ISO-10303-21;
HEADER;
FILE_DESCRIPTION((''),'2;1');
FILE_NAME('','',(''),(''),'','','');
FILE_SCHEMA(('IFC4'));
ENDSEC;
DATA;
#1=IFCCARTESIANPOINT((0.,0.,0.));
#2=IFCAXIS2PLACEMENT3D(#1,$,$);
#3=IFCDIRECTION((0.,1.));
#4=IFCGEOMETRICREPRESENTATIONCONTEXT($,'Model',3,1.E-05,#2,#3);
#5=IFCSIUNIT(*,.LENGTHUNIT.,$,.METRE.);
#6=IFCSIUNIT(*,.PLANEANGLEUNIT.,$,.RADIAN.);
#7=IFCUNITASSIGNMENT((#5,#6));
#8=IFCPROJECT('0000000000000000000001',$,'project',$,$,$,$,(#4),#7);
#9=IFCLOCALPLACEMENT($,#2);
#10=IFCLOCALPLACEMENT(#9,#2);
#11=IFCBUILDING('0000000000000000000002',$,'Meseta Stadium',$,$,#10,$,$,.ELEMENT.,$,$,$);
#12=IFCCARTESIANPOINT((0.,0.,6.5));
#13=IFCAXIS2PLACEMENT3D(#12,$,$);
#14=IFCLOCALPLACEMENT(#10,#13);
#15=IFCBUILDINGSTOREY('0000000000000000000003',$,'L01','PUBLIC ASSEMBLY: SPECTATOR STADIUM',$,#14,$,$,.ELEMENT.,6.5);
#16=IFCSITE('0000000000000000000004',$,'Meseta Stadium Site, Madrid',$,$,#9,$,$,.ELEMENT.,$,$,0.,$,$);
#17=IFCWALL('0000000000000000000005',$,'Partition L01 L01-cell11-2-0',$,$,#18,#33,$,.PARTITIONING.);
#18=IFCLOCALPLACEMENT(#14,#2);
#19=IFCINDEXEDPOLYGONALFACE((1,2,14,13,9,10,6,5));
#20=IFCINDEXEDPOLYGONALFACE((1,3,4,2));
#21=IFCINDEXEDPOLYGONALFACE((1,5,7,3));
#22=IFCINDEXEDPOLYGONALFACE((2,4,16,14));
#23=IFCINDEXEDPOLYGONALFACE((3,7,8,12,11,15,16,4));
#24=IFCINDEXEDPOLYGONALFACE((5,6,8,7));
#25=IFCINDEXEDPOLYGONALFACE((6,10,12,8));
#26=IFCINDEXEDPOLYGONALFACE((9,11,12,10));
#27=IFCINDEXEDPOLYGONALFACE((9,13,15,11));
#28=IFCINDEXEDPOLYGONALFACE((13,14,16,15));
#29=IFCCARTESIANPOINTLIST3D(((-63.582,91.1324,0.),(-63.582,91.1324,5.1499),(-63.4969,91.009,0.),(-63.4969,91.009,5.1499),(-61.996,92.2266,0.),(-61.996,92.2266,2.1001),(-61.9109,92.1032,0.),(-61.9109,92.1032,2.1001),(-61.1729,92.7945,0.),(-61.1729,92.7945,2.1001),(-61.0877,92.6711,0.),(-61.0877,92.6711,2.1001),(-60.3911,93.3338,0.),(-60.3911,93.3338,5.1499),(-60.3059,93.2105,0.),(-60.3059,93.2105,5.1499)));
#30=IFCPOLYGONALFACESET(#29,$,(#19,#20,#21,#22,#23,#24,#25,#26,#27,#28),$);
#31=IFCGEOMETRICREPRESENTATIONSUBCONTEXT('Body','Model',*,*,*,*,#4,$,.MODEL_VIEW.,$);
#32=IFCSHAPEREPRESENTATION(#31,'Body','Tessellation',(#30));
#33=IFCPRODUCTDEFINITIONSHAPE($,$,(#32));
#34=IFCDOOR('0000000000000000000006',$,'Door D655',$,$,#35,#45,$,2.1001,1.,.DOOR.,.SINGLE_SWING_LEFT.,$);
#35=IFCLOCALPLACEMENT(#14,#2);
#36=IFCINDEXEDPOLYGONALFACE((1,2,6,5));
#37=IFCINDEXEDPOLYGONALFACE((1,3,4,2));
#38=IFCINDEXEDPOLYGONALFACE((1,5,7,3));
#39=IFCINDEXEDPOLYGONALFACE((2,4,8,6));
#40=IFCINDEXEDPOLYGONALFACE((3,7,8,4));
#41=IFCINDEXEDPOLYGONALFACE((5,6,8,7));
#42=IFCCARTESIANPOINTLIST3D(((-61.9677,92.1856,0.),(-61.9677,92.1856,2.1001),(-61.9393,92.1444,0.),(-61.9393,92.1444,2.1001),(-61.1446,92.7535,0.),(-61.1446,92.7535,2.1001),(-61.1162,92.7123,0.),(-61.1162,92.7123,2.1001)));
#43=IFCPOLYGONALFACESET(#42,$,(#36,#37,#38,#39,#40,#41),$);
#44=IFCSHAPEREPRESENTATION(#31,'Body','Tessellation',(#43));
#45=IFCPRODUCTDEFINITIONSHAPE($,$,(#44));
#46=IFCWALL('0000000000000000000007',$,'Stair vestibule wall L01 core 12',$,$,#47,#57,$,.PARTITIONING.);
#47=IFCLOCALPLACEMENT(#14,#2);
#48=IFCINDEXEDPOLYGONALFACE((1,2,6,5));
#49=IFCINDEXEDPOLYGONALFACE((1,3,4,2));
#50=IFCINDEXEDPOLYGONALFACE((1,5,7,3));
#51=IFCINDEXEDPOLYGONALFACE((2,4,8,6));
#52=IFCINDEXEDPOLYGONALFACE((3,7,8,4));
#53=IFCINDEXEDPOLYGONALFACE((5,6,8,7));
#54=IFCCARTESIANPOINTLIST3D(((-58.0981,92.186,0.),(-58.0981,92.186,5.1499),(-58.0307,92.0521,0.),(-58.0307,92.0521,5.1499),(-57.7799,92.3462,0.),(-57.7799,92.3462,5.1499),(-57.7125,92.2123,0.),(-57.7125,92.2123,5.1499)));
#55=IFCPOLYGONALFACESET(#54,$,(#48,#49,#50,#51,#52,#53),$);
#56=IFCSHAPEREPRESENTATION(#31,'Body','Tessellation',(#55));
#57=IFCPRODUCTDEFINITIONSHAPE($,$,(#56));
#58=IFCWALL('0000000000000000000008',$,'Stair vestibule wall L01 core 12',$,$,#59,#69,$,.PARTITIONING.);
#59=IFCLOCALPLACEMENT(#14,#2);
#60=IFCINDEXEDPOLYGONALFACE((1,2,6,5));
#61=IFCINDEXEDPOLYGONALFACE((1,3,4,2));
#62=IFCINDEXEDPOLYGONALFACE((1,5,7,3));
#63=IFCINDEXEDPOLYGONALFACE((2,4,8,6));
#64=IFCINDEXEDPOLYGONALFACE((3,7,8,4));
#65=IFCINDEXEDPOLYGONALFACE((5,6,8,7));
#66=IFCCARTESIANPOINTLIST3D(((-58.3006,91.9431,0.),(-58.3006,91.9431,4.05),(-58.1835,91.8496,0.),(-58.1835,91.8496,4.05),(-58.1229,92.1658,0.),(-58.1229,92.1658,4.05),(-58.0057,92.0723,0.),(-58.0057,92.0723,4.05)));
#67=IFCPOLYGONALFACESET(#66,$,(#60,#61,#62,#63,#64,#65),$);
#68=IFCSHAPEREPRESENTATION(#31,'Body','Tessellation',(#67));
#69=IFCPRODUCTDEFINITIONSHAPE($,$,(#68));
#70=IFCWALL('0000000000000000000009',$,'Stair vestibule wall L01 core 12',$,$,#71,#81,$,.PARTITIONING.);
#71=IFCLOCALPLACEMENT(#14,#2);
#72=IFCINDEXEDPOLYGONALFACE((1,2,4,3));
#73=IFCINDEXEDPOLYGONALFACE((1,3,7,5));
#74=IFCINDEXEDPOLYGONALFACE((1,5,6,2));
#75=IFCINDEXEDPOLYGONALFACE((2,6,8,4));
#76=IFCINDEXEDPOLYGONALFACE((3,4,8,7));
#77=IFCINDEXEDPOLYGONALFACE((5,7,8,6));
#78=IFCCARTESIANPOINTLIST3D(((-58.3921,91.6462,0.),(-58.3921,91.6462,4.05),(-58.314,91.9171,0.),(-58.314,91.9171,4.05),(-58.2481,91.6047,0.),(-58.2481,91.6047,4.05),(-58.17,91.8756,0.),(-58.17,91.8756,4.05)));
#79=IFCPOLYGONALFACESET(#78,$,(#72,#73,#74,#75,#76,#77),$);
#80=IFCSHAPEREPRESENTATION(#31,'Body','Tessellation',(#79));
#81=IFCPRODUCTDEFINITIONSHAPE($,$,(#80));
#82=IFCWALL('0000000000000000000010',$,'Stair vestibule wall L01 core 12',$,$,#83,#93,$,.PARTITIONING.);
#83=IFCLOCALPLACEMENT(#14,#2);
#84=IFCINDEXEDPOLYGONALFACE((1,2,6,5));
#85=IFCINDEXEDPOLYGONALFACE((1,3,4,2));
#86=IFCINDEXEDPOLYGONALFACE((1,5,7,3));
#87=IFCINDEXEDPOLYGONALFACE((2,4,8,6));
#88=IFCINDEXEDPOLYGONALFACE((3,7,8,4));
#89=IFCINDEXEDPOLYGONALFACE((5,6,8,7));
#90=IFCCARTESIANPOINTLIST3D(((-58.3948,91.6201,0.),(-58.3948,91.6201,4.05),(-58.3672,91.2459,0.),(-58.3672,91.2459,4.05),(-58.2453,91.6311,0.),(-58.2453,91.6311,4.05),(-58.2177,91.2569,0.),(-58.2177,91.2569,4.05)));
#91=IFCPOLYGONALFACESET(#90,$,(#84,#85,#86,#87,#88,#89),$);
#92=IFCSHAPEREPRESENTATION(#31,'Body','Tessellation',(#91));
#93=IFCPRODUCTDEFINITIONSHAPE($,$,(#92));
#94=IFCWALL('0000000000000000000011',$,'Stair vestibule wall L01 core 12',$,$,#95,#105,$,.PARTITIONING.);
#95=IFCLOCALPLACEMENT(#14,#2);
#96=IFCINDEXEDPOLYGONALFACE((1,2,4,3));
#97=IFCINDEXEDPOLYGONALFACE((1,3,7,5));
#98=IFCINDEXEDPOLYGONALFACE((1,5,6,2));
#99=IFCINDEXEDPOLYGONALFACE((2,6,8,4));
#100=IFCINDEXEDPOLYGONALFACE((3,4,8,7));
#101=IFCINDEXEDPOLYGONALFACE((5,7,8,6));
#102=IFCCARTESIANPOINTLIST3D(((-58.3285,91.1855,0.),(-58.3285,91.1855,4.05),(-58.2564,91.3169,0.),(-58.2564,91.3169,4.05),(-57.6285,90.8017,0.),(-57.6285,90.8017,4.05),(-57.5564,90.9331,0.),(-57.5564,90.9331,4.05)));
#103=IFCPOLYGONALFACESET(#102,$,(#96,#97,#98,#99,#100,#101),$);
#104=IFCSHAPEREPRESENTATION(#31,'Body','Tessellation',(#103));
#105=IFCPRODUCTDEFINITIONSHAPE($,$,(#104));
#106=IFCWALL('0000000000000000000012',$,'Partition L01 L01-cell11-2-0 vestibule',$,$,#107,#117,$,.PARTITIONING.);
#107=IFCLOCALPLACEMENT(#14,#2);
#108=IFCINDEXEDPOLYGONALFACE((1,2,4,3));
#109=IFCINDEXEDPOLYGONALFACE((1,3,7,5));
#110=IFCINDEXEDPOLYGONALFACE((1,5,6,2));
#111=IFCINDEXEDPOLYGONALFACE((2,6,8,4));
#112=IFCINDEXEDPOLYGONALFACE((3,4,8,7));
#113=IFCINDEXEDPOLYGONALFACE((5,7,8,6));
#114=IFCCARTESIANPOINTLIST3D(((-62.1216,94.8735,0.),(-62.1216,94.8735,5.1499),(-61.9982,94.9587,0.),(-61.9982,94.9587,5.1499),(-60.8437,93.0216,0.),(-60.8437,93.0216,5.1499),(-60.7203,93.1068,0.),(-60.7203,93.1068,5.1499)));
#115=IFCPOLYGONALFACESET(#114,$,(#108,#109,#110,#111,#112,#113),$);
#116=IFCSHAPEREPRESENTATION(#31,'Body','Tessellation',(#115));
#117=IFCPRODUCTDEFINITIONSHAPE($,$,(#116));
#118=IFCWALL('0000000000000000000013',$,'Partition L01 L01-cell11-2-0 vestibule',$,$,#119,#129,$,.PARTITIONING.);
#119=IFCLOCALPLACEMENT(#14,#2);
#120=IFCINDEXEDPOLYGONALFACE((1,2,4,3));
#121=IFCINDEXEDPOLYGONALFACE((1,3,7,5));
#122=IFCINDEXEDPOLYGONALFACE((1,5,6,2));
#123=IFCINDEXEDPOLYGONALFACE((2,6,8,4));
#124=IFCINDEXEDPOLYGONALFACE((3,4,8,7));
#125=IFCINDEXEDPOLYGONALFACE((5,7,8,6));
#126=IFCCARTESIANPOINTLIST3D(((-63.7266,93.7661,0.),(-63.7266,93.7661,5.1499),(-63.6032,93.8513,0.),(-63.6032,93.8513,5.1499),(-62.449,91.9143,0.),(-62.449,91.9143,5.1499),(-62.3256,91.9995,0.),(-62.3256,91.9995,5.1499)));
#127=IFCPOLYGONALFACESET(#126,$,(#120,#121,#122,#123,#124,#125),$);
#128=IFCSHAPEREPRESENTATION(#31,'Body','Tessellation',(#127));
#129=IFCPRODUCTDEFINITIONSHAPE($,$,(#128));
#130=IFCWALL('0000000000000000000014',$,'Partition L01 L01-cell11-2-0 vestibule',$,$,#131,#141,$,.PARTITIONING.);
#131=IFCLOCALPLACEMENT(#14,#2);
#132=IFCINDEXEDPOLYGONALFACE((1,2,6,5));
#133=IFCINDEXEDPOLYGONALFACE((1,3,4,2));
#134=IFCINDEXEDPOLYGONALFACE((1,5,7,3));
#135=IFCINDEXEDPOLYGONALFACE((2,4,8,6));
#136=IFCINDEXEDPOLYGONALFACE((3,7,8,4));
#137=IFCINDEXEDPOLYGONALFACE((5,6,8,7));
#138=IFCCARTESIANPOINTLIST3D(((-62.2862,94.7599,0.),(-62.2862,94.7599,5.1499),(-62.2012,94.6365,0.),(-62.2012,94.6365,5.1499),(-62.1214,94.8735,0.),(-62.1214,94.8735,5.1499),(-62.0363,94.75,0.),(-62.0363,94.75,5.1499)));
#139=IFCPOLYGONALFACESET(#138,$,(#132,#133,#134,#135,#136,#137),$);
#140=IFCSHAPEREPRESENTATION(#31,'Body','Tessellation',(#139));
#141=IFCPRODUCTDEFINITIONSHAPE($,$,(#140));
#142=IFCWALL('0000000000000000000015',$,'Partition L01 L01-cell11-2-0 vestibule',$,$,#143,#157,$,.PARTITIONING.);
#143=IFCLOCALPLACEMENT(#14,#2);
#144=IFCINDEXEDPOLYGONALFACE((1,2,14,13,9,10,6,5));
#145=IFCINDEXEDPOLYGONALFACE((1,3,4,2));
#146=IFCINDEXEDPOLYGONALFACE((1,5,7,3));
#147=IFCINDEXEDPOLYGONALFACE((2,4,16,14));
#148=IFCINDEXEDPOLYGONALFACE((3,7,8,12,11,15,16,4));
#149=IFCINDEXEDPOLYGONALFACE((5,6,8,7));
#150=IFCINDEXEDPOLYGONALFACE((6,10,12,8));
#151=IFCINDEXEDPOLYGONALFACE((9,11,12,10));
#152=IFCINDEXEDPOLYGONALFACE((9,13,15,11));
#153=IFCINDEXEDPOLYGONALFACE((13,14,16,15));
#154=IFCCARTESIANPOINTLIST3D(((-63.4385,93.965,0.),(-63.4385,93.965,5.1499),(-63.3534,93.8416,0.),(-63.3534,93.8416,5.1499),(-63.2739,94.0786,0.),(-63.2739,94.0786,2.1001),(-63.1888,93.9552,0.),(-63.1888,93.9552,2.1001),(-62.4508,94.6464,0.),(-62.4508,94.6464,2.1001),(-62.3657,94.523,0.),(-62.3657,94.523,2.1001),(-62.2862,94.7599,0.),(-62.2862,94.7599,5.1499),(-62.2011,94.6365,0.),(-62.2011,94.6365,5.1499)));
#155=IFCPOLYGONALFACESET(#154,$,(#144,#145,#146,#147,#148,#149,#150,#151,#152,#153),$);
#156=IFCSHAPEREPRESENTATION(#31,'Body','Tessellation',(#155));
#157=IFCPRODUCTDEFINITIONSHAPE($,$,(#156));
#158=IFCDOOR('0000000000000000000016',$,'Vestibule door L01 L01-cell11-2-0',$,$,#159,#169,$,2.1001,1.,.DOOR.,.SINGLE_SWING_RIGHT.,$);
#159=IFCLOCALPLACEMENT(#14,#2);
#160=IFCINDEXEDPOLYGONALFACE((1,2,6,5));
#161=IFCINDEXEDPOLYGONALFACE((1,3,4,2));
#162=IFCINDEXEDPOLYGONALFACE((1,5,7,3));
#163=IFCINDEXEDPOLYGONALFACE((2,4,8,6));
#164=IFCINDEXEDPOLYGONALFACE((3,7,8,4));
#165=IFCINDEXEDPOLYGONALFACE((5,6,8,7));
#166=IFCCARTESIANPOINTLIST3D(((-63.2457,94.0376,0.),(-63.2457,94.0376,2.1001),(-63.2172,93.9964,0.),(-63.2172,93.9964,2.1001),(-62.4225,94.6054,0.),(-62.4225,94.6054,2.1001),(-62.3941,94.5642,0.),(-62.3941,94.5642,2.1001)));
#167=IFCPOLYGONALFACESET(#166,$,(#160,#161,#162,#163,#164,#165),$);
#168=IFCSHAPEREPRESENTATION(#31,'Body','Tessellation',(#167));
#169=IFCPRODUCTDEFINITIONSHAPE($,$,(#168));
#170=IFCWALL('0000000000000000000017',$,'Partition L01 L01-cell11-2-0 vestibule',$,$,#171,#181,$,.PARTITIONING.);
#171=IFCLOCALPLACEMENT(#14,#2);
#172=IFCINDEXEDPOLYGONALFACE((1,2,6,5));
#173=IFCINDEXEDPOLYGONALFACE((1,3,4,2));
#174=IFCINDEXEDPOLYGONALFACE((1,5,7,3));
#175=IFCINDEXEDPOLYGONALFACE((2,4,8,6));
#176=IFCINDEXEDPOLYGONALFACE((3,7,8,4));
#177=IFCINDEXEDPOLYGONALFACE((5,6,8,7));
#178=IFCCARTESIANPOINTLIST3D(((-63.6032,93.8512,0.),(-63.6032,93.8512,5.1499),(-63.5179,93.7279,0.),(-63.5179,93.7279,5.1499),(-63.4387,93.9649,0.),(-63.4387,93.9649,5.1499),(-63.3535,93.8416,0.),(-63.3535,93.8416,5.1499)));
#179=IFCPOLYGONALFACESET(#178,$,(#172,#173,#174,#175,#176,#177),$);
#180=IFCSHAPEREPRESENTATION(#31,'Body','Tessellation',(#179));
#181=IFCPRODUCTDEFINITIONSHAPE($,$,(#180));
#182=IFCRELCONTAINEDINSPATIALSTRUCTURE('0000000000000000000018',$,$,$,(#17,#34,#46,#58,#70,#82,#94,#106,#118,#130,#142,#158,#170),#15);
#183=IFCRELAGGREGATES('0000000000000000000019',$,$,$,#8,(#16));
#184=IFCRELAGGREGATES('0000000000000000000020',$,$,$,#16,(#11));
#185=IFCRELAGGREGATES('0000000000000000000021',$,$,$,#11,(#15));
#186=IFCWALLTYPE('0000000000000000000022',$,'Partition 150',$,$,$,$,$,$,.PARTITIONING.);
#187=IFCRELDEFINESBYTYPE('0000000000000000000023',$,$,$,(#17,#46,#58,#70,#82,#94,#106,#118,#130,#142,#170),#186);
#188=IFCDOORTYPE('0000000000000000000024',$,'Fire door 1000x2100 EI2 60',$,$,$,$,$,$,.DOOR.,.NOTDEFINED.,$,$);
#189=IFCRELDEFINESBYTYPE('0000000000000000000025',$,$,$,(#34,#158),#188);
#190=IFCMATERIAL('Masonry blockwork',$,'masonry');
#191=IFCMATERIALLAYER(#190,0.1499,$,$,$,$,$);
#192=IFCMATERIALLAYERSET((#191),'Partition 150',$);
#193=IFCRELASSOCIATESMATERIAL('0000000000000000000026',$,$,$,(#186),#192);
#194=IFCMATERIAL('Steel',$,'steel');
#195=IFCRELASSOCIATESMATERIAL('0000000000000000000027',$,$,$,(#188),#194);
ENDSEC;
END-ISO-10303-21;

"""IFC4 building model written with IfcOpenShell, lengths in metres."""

from ifc_helpers import new_model, si_unit, direction, frame, frame_2d, origin, place, context, subcontext, project, spatial, rectangle, extrude, material, layer, layer_set, type_object, element, fill, save


model = new_model("IFC4")

# Units and contexts
model_context = context("Model", 3, precision=1e-05, world=origin(), true_north=direction((0.0, 1.0)))
body_context = subcontext(model_context, "Body", "Model", "MODEL_VIEW")
ifc_project = project(units=[si_unit("LENGTHUNIT", "METRE"), si_unit("PLANEANGLEUNIT", "RADIAN")], contexts=[model_context])

# Site, building, storey
site_placement = place(None, origin())
site = spatial("IfcSite", under=ifc_project, at=site_placement, Name="Meseta Stadium Site, Madrid", CompositionType="ELEMENT", RefElevation=0.0)
building_placement = place(site_placement, origin())
building = spatial("IfcBuilding", under=site, at=building_placement, Name="Meseta Stadium", CompositionType="ELEMENT")
storey_placement = place(building_placement, frame((0.0, 0.0, 6.5)))
storey = spatial("IfcBuildingStorey", under=building, at=storey_placement, Name="L01", Description="PUBLIC ASSEMBLY: SPECTATOR STADIUM", CompositionType="ELEMENT", Elevation=6.5)

# Shared definitions
ifc_material_1 = material(Name="Masonry blockwork", Category="masonry")
ifc_layer_1 = layer(ifc_material_1, 0.1499)
ifc_layer_set_1 = layer_set([ifc_layer_1], Name="Partition 150")
wall_type_1 = type_object("IfcWallType", Name="Partition 150", PredefinedType="PARTITIONING", material=ifc_layer_set_1)

# Wall, opening, door
wall_1_placement = place(storey_placement, frame((-60.3484, 93.2722, 0.0), z_axis=(0.0, 0.0, 1.0), x_axis=(-0.823118, -0.56787, 0.0)))
wall_1 = element("IfcWall", 1, at=wall_1_placement, inside=storey, type_object=wall_type_1, Name="Partition L01 L01-cell11-2-0", PredefinedType="PARTITIONING", context=body_context, shape_type="SweptSolid", body=[
    extrude(rectangle(XDim=3.8767, YDim=0.1499, at=frame_2d((1.9385, 0.0))), origin(), (0.0, 0.0, 1.0), 5.1499),
])
opening_1_placement = place(wall_1_placement, frame((0.95, 0.0, 0.0)))
opening_1 = element("IfcOpeningElement", 2, at=opening_1_placement, cuts=wall_1, PredefinedType="OPENING", context=body_context, shape_type="SweptSolid", body=[
    extrude(rectangle(XDim=1.0, YDim=2.1001, at=frame_2d((0.5, 1.05))), frame((0.0, 0.085, 0.0), z_axis=(0.0, -1.0, 0.0), x_axis=(1.0, 0.0, 0.0)), (0.0, 0.0, 1.0), 0.1699),
])
ifc_material_2 = material(Name="Steel", Category="steel")
door_type = type_object("IfcDoorType", Name="Fire door 1000x2100 EI2 60", OperationType="NOTDEFINED", PredefinedType="DOOR", material=ifc_material_2)
door_1_placement = place(opening_1_placement, origin())
door_1 = element("IfcDoor", 3, at=door_1_placement, inside=storey, type_object=door_type, Name="Door D655", OperationType="SINGLE_SWING_LEFT", OverallHeight=2.1001, OverallWidth=1.0, PredefinedType="DOOR", context=body_context, shape_type="SweptSolid", body=[
    extrude(rectangle(XDim=1.0, YDim=2.1001, at=frame_2d((0.5, 1.05))), frame((0.0, 0.0249, 0.0), z_axis=(0.0, -1.0, 0.0), x_axis=(1.0, 0.0, 0.0)), (0.0, 0.0, 1.0), 0.05),
])
fill(opening_1, door_1)

# Walls
wall_2_placement = place(storey_placement, frame((-57.7461, 92.2793, 0.0), z_axis=(0.0, 0.0, 1.0), x_axis=(-0.89319, -0.44968, 0.0)))
element("IfcWall", 4, at=wall_2_placement, inside=storey, type_object=wall_type_1, Name="Stair vestibule wall L01 core 12", PredefinedType="PARTITIONING", context=body_context, shape_type="SweptSolid", body=[
    extrude(rectangle(XDim=0.3562, YDim=0.1499, at=frame_2d((0.1782, 0.0))), origin(), (0.0, 0.0, 1.0), 5.1499),
])
wall_3_placement = place(storey_placement, frame((-58.0642, 92.1191, 0.0), z_axis=(0.0, 0.0, 1.0), x_axis=(-0.623859, -0.781537, 0.0)))
element("IfcWall", 5, at=wall_3_placement, inside=storey, type_object=wall_type_1, Name="Stair vestibule wall L01 core 12", PredefinedType="PARTITIONING", context=body_context, shape_type="SweptSolid", body=[
    extrude(rectangle(XDim=0.2849, YDim=0.1499, at=frame_2d((0.1426, 0.0))), origin(), (0.0, 0.0, 1.0), 4.05),
])
wall_4_placement = place(storey_placement, frame((-58.2419, 91.8965, 0.0), z_axis=(0.0, 0.0, 1.0), x_axis=(-0.277007, -0.960868, 0.0)))
element("IfcWall", 6, at=wall_4_placement, inside=storey, type_object=wall_type_1, Name="Stair vestibule wall L01 core 12", PredefinedType="PARTITIONING", context=body_context, shape_type="SweptSolid", body=[
    extrude(rectangle(XDim=0.282, YDim=0.1499, at=frame_2d((0.1411, 0.0))), origin(), (0.0, 0.0, 1.0), 4.05),
])
wall_5_placement = place(storey_placement, frame((-58.3201, 91.6255, 0.0), z_axis=(0.0, 0.0, 1.0), x_axis=(0.073512, -0.997294, 0.0)))
element("IfcWall", 7, at=wall_5_placement, inside=storey, type_object=wall_type_1, Name="Stair vestibule wall L01 core 12", PredefinedType="PARTITIONING", context=body_context, shape_type="SweptSolid", body=[
    extrude(rectangle(XDim=0.3752, YDim=0.1499, at=frame_2d((0.1875, 0.0))), origin(), (0.0, 0.0, 1.0), 4.05),
])
wall_6_placement = place(storey_placement, frame((-58.2925, 91.2512, 0.0), z_axis=(0.0, 0.0, 1.0), x_axis=(0.876842, -0.48078, 0.0)))
element("IfcWall", 8, at=wall_6_placement, inside=storey, type_object=wall_type_1, Name="Stair vestibule wall L01 core 12", PredefinedType="PARTITIONING", context=body_context, shape_type="SweptSolid", body=[
    extrude(rectangle(XDim=0.7983, YDim=0.1499, at=frame_2d((0.3992, 0.0))), origin(), (0.0, 0.0, 1.0), 4.05),
])
wall_7_placement = place(storey_placement, frame((-60.782, 93.0642, 0.0), z_axis=(0.0, 0.0, 1.0), x_axis=(-0.567951, 0.823062, 0.0)))
element("IfcWall", 9, at=wall_7_placement, inside=storey, type_object=wall_type_1, Name="Partition L01 L01-cell11-2-0 vestibule", PredefinedType="PARTITIONING", context=body_context, shape_type="SweptSolid", body=[
    extrude(rectangle(XDim=2.25, YDim=0.1499, at=frame_2d((1.125, 0.0))), origin(), (0.0, 0.0, 1.0), 5.1499),
])
wall_8_placement = place(storey_placement, frame((-62.3872, 91.9568, 0.0), z_axis=(0.0, 0.0, 1.0), x_axis=(-0.567877, 0.823113, 0.0)))
element("IfcWall", 10, at=wall_8_placement, inside=storey, type_object=wall_type_1, Name="Partition L01 L01-cell11-2-0 vestibule", PredefinedType="PARTITIONING", context=body_context, shape_type="SweptSolid", body=[
    extrude(rectangle(XDim=2.2498, YDim=0.1499, at=frame_2d((1.125, 0.0))), origin(), (0.0, 0.0, 1.0), 5.1499),
])
wall_9_placement = place(storey_placement, frame((-62.0789, 94.8118, 0.0), z_axis=(0.0, 0.0, 1.0), x_axis=(-0.823508, -0.567305, 0.0)))
element("IfcWall", 11, at=wall_9_placement, inside=storey, type_object=wall_type_1, Name="Partition L01 L01-cell11-2-0 vestibule", PredefinedType="PARTITIONING", context=body_context, shape_type="SweptSolid", body=[
    extrude(rectangle(XDim=0.2002, YDim=0.1499, at=frame_2d((0.1001, 0.0))), origin(), (0.0, 0.0, 1.0), 5.1499),
])

# Wall, opening, door
wall_10_placement = place(storey_placement, frame((-62.2437, 94.6982, 0.0), z_axis=(0.0, 0.0, 1.0), x_axis=(-0.823145, -0.567831, 0.0)))
wall_10 = element("IfcWall", 12, at=wall_10_placement, inside=storey, type_object=wall_type_1, Name="Partition L01 L01-cell11-2-0 vestibule", PredefinedType="PARTITIONING", context=body_context, shape_type="SweptSolid", body=[
    extrude(rectangle(XDim=1.3999, YDim=0.1499, at=frame_2d((0.7, 0.0))), origin(), (0.0, 0.0, 1.0), 5.1499),
])
opening_2_placement = place(wall_10_placement, frame((0.2, 0.0, 0.0)))
opening_2 = element("IfcOpeningElement", 13, at=opening_2_placement, cuts=wall_10, PredefinedType="OPENING", context=body_context, shape_type="SweptSolid", body=[
    extrude(rectangle(XDim=1.0, YDim=2.1001, at=frame_2d((0.5, 1.05))), frame((0.0, 0.085, 0.0), z_axis=(0.0, -1.0, 0.0), x_axis=(1.0, 0.0, 0.0)), (0.0, 0.0, 1.0), 0.1699),
])
door_2_placement = place(opening_2_placement, origin())
door_2 = element("IfcDoor", 14, at=door_2_placement, inside=storey, type_object=door_type, Name="Vestibule door L01 L01-cell11-2-0", OperationType="SINGLE_SWING_RIGHT", OverallHeight=2.1001, OverallWidth=1.0, PredefinedType="DOOR", context=body_context, shape_type="SweptSolid", body=[
    extrude(rectangle(XDim=1.0, YDim=2.1001, at=frame_2d((0.5, 1.05))), frame((0.0, 0.0249, 0.0), z_axis=(0.0, -1.0, 0.0), x_axis=(1.0, 0.0, 0.0)), (0.0, 0.0, 1.0), 0.05),
])
fill(opening_2, door_2)

# Wall
wall_11_placement = place(storey_placement, frame((-63.396, 93.9033, 0.0), z_axis=(0.0, 0.0, 1.0), x_axis=(-0.822544, -0.568702, 0.0)))
element("IfcWall", 15, at=wall_11_placement, inside=storey, type_object=wall_type_1, Name="Partition L01 L01-cell11-2-0 vestibule", PredefinedType="PARTITIONING", context=body_context, shape_type="SweptSolid", body=[
    extrude(rectangle(XDim=0.2, YDim=0.1499, at=frame_2d((0.1001, 0.0))), origin(), (0.0, 0.0, 1.0), 5.1499),
])

save(model, "model.ifc")
